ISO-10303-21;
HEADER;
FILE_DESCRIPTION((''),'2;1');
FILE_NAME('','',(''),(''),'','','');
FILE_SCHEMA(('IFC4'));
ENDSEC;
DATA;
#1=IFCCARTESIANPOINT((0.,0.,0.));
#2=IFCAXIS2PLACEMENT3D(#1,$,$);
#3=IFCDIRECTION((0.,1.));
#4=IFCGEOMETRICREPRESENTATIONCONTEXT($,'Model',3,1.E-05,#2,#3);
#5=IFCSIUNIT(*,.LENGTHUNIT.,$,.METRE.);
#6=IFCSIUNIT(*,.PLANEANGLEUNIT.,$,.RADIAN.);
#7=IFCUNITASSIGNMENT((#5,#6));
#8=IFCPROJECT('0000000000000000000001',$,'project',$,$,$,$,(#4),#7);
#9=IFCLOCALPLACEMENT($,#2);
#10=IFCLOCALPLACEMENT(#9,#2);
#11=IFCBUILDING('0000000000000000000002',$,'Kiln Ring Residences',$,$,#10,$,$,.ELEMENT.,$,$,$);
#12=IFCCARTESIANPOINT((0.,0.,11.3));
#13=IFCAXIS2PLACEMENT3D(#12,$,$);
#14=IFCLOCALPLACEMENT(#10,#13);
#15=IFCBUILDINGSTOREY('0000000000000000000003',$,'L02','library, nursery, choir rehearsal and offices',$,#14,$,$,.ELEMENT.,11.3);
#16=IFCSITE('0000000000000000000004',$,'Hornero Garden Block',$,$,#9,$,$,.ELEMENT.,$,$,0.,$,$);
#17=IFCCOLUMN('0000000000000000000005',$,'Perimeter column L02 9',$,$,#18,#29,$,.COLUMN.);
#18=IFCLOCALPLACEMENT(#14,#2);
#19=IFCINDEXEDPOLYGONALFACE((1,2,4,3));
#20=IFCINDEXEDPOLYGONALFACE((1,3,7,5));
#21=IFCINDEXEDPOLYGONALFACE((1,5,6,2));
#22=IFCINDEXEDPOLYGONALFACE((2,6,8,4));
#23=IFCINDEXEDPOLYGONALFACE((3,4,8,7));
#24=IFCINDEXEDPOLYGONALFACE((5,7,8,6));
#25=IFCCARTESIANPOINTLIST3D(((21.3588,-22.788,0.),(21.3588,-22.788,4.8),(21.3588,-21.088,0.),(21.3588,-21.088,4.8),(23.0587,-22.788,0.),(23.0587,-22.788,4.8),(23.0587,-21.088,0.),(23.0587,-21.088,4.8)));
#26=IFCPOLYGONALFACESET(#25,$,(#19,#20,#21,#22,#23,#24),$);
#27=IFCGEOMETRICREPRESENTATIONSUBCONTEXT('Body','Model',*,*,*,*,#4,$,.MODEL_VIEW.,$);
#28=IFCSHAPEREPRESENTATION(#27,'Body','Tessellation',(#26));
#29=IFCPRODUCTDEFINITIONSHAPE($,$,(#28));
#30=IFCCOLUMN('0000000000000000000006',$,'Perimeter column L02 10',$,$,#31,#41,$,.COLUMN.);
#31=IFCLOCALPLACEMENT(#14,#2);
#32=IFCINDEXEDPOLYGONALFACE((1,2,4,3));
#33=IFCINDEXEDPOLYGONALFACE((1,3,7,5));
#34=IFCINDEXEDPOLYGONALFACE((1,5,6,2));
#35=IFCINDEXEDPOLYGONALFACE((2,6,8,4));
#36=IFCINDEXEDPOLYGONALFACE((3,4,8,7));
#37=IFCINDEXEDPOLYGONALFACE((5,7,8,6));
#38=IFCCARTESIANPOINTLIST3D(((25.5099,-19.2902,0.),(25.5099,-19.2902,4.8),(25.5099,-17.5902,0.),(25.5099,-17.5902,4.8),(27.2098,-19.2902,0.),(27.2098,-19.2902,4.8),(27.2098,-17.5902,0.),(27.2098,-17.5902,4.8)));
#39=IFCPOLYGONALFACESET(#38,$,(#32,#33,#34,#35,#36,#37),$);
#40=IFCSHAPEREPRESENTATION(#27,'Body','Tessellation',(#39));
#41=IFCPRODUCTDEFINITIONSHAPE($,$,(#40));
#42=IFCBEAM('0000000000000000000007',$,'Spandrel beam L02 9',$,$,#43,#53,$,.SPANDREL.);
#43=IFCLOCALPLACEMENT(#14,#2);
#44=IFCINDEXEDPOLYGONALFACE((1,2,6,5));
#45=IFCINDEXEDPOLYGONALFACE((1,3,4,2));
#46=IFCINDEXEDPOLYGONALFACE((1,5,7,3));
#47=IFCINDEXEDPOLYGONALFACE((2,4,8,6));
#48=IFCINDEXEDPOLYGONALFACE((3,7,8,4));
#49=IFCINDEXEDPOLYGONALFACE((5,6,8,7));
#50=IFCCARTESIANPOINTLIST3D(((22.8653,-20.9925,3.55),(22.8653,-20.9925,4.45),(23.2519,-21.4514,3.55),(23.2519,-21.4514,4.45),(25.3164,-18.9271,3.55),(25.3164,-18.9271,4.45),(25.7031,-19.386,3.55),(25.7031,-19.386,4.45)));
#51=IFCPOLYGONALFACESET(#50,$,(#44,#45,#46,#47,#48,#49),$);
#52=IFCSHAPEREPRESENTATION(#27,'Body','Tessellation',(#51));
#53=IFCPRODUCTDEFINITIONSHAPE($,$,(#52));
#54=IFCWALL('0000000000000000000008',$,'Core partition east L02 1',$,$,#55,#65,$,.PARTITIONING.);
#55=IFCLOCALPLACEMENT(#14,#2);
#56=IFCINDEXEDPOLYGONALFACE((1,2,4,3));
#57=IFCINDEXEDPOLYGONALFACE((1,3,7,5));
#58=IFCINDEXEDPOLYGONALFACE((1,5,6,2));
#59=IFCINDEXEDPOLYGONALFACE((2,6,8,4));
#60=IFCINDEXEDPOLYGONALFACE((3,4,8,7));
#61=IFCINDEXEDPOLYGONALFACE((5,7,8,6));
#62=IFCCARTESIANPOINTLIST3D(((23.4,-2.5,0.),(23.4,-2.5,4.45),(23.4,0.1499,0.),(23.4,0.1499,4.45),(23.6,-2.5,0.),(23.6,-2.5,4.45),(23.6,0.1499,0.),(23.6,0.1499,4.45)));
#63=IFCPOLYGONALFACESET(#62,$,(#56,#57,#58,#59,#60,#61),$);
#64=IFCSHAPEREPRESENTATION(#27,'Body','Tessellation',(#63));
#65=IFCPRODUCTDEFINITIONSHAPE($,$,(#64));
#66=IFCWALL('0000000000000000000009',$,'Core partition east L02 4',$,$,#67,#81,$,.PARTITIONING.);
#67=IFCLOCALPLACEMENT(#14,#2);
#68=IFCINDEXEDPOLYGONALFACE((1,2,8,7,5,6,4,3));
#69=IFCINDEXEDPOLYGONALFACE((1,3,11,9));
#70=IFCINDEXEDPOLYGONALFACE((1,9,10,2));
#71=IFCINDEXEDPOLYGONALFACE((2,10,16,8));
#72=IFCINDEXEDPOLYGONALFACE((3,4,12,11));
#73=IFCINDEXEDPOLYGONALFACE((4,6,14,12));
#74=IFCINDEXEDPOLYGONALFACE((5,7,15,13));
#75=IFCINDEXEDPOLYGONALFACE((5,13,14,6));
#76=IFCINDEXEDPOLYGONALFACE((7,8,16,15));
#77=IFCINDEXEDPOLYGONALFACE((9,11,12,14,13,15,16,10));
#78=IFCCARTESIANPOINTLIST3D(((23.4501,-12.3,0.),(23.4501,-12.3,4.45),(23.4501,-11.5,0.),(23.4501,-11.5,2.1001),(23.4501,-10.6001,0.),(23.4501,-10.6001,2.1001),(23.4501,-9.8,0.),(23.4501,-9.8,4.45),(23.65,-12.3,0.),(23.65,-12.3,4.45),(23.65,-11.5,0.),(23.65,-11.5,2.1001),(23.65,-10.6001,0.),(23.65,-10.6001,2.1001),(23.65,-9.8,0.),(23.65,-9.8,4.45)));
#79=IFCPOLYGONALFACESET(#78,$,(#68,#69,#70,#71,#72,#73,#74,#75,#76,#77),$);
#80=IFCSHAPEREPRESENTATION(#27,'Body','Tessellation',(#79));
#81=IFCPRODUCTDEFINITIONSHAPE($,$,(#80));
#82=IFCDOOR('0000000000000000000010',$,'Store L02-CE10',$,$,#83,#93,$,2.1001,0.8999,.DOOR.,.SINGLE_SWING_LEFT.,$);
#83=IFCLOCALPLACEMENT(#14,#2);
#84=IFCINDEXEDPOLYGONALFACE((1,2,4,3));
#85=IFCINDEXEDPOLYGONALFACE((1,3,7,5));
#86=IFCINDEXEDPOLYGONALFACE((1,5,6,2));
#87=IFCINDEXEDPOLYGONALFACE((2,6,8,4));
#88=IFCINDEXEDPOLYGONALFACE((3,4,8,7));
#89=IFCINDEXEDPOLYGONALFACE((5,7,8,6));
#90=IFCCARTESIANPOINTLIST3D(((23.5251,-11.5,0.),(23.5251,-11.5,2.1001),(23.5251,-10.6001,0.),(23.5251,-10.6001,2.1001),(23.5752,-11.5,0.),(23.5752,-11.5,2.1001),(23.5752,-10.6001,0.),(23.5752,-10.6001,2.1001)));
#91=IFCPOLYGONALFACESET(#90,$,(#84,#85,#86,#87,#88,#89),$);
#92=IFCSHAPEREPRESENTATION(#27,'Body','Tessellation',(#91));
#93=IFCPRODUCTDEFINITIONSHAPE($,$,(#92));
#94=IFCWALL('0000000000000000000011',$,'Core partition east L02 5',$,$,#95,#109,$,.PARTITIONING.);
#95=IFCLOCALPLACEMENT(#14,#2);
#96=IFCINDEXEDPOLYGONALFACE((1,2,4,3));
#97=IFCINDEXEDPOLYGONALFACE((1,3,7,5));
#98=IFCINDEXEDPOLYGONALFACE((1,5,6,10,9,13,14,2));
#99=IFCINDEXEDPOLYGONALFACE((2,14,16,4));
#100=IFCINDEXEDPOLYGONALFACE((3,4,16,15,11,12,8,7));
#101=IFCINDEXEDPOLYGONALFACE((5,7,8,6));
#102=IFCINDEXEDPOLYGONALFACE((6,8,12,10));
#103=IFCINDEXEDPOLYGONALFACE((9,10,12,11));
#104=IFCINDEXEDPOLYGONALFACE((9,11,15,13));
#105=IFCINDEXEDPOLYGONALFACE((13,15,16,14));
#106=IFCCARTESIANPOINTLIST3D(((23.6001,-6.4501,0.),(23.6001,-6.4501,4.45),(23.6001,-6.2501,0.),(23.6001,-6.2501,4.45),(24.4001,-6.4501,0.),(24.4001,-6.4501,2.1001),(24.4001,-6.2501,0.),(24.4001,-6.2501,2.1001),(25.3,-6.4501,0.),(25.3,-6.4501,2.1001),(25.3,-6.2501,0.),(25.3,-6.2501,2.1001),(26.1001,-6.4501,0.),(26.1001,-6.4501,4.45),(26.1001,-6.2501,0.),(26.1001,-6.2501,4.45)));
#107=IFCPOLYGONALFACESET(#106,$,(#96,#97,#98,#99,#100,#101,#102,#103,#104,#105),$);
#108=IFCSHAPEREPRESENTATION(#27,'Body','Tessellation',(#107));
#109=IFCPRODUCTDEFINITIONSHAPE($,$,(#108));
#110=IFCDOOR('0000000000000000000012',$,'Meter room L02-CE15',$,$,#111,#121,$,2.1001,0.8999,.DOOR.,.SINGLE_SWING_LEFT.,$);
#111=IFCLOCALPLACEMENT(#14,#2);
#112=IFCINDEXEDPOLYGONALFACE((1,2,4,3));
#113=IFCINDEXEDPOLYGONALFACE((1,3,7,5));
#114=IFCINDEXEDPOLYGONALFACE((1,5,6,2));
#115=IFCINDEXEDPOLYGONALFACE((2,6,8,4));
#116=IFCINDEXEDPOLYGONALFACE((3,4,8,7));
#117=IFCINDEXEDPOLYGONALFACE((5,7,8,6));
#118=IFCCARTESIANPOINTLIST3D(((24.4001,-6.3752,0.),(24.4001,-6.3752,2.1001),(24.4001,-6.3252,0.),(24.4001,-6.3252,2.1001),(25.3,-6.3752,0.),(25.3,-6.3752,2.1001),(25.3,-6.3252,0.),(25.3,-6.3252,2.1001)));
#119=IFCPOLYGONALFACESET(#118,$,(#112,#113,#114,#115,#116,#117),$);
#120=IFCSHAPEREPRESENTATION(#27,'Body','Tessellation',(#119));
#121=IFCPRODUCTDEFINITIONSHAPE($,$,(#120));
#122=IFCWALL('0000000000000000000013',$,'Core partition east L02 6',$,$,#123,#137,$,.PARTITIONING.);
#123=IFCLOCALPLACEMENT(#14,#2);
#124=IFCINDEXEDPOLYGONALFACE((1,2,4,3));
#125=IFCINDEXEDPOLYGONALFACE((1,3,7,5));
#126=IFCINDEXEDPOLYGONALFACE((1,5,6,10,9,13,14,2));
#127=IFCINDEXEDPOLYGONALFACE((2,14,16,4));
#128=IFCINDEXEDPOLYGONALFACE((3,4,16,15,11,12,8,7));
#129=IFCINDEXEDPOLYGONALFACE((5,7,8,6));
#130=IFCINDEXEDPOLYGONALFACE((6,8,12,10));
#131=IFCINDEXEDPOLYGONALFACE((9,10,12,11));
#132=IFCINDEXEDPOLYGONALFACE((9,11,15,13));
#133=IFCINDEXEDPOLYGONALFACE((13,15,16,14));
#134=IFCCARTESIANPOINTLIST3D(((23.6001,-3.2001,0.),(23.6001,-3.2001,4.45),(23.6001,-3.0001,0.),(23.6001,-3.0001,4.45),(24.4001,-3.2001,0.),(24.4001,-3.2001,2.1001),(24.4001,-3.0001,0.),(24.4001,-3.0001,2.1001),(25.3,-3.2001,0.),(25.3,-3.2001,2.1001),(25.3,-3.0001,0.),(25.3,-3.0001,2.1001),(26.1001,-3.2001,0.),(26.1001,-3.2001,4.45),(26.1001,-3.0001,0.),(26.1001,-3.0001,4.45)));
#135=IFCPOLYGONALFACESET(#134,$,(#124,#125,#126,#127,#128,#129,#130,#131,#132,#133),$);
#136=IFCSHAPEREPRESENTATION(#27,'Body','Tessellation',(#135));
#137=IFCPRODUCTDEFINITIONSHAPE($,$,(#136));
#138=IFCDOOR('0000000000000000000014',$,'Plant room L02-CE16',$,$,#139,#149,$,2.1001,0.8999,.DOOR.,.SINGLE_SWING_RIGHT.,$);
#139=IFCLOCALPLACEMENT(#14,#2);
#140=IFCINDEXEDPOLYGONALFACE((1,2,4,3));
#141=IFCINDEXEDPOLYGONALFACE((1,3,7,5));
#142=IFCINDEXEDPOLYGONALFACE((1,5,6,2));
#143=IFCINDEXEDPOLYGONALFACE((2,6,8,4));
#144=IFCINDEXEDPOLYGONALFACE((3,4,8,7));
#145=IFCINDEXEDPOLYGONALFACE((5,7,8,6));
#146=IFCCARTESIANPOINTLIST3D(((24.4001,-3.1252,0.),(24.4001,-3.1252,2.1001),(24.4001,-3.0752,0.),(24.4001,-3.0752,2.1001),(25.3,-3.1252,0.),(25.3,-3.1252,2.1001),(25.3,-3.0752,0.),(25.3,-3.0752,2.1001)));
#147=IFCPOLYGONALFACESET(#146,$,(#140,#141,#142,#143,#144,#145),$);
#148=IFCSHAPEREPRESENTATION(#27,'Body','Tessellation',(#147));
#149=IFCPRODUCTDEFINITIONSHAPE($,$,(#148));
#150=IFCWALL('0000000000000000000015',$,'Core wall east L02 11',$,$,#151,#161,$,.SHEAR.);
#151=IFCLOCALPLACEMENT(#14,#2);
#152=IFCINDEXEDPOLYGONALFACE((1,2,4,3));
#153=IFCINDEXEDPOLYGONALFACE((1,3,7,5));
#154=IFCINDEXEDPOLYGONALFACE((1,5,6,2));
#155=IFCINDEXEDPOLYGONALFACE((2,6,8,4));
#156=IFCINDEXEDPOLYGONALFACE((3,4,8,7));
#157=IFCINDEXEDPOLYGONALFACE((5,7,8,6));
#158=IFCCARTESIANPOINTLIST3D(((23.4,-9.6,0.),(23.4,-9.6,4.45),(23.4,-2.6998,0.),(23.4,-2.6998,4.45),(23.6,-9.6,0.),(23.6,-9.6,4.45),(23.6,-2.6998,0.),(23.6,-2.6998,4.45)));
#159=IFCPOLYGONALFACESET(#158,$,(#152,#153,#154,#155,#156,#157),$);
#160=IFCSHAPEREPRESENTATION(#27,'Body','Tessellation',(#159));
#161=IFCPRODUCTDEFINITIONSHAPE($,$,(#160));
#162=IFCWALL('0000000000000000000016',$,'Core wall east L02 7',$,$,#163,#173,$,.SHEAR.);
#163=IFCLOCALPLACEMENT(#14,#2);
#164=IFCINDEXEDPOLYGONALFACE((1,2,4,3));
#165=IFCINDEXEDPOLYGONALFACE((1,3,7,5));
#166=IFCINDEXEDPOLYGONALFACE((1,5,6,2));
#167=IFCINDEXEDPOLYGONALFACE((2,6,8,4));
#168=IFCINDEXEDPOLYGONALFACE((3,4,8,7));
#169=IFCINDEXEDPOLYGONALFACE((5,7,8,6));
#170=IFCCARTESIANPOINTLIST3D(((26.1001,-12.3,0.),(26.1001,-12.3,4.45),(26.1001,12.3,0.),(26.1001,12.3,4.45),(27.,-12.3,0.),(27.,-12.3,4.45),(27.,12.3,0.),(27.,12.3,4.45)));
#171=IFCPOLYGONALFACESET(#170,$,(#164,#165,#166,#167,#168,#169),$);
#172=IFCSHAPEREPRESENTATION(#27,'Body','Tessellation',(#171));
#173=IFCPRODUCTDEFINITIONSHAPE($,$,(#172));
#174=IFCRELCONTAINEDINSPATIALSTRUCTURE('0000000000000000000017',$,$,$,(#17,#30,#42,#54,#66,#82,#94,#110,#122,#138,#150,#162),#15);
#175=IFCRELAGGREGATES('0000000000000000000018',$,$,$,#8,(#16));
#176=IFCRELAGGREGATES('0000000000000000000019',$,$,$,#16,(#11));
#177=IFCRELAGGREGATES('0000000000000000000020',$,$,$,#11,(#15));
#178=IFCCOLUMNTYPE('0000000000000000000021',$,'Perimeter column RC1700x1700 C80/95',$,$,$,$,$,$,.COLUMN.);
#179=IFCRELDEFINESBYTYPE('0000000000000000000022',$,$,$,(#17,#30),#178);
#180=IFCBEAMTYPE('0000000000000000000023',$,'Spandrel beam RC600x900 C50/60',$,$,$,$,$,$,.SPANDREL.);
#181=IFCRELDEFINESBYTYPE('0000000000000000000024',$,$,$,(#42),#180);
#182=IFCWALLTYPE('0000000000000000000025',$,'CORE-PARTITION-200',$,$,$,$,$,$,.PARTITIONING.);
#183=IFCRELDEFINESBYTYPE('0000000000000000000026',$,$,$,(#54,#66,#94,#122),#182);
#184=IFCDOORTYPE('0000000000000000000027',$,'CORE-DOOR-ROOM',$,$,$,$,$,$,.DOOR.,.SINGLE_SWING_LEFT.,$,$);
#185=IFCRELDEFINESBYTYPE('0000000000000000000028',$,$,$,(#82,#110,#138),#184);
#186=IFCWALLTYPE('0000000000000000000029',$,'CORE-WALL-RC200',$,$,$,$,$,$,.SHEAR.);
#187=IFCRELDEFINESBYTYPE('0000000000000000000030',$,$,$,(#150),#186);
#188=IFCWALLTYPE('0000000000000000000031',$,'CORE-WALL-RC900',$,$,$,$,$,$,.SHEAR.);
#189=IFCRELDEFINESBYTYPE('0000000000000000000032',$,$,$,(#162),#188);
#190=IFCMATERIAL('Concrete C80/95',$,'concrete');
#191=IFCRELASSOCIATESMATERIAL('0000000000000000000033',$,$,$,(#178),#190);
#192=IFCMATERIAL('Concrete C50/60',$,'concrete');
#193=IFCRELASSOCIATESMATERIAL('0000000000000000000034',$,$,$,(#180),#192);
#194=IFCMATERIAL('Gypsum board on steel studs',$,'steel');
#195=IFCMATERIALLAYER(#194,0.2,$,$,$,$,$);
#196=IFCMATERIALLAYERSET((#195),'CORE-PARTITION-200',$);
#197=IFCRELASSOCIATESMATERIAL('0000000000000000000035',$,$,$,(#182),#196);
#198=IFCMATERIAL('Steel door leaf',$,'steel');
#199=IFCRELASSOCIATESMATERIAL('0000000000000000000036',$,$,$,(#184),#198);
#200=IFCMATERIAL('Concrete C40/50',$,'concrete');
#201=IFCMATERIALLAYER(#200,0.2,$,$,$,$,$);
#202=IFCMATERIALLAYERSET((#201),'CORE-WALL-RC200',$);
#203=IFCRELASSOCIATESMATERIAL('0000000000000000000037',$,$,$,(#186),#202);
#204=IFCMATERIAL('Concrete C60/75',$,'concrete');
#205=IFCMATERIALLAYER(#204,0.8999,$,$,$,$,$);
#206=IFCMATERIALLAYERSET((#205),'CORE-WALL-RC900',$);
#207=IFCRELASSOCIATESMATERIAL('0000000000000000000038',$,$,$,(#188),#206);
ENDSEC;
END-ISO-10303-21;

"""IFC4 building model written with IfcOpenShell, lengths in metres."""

from ifc_helpers import new_model, si_unit, direction, frame, frame_2d, origin, origin_2d, place, context, subcontext, project, spatial, rectangle, extrude, material, layer, layer_set, material_profile, profile_set, type_object, element, fill, save


model = new_model("IFC4")

# Units and contexts
model_context = context("Model", 3, precision=1e-05, world=origin(), true_north=direction((0.0, 1.0)))
body_context = subcontext(model_context, "Body", "Model", "MODEL_VIEW")
ifc_project = project(units=[si_unit("LENGTHUNIT", "METRE"), si_unit("PLANEANGLEUNIT", "RADIAN")], contexts=[model_context])

# Site, building, storey
site_placement = place(None, origin())
site = spatial("IfcSite", under=ifc_project, at=site_placement, Name="Hornero Garden Block", CompositionType="ELEMENT", RefElevation=0.0)
building_placement = place(site_placement, origin())
building = spatial("IfcBuilding", under=site, at=building_placement, Name="Kiln Ring Residences", CompositionType="ELEMENT")
storey_placement = place(building_placement, frame((0.0, 0.0, 11.3)))
storey = spatial("IfcBuildingStorey", under=building, at=storey_placement, Name="L02", Description="library, nursery, choir rehearsal and offices", CompositionType="ELEMENT", Elevation=11.3)

# Columns
ifc_material_1 = material(Name="Concrete C80/95", Category="concrete")
ifc_material_profile_1 = material_profile(ifc_material_1, rectangle(XDim=1.7, YDim=1.7, at=origin_2d()), Name="RC1700x1700")
ifc_profile_set_1 = profile_set([ifc_material_profile_1], Name="Concrete C80/95")
column_type = type_object("IfcColumnType", Name="Perimeter column RC1700x1700 C80/95", PredefinedType="COLUMN", material=ifc_profile_set_1)
for number, where, z_axis, x_axis, name in (
    (1, (22.2087, -21.938, 0.0), (0.0, 0.0, 1.0), (1.0, 0.0, 0.0), "Perimeter column L02 9"),
    (2, (26.3599, -18.4402, 0.0), (0.0, 0.0, 1.0), (1.0, 0.0, 0.0), "Perimeter column L02 10"),
):
    element("IfcColumn", number, at=place(storey_placement, frame(where, z_axis=z_axis, x_axis=x_axis)), inside=storey, type_object=column_type, Name=name, PredefinedType="COLUMN", context=body_context, shape_type="SweptSolid", body=[
        extrude(rectangle(XDim=1.7, YDim=1.7, at=origin_2d()), origin(), (0.0, 0.0, 1.0), 4.8),
    ])

# Beam
ifc_material_2 = material(Name="Concrete C50/60", Category="concrete")
ifc_material_profile_2 = material_profile(ifc_material_2, rectangle(XDim=0.6001, YDim=0.8999, at=origin_2d()), Name="RC600x900")
ifc_profile_set_2 = profile_set([ifc_material_profile_2], Name="Concrete C50/60")
beam_type = type_object("IfcBeamType", Name="Spandrel beam RC600x900 C50/60", PredefinedType="SPANDREL", material=ifc_profile_set_2)
beam_placement = place(storey_placement, frame((23.0586, -21.2219, 4.0), z_axis=(0.764714, 0.64437, 0.0), x_axis=(-0.64437, 0.764714, 0.0)))
element("IfcBeam", 3, at=beam_placement, inside=storey, type_object=beam_type, Name="Spandrel beam L02 9", PredefinedType="SPANDREL", context=body_context, shape_type="SweptSolid", body=[
    extrude(rectangle(XDim=0.6001, YDim=0.8999, at=origin_2d()), origin(), (0.0, 0.0, 1.0), 3.2053),
])

# Wall
ifc_material_3 = material(Name="Gypsum board on steel studs", Category="steel")
ifc_layer_1 = layer(ifc_material_3, 0.2)
ifc_layer_set_1 = layer_set([ifc_layer_1], Name="CORE-PARTITION-200")
wall_type_1 = type_object("IfcWallType", Name="CORE-PARTITION-200", PredefinedType="PARTITIONING", material=ifc_layer_set_1)
wall_1_placement = place(storey_placement, frame((23.5, -2.5, 0.0), z_axis=(0.0, 0.0, 1.0), x_axis=(0.0, 1.0, 0.0)))
element("IfcWall", 4, at=wall_1_placement, inside=storey, type_object=wall_type_1, Name="Core partition east L02 1", PredefinedType="PARTITIONING", context=body_context, shape_type="SweptSolid", body=[
    extrude(rectangle(XDim=2.6499, YDim=0.2, at=frame_2d((1.325, 0.0))), origin(), (0.0, 0.0, 1.0), 4.45),
])

# Walls, openings, doors
wall_2_placement = place(storey_placement, frame((23.55, -12.3, 0.0), z_axis=(0.0, 0.0, 1.0), x_axis=(0.0, 1.0, 0.0)))
wall_2 = element("IfcWall", 5, at=wall_2_placement, inside=storey, type_object=wall_type_1, Name="Core partition east L02 4", PredefinedType="PARTITIONING", context=body_context, shape_type="SweptSolid", body=[
    extrude(rectangle(XDim=2.5, YDim=0.2, at=frame_2d((1.25, 0.0))), origin(), (0.0, 0.0, 1.0), 4.45),
])
opening_1_placement = place(wall_2_placement, frame((0.8, 0.0, 0.0)))
opening_1 = element("IfcOpeningElement", 6, at=opening_1_placement, cuts=wall_2, PredefinedType="OPENING", context=body_context, shape_type="SweptSolid", body=[
    extrude(rectangle(XDim=0.8999, YDim=2.1001, at=frame_2d((0.45, 1.05))), frame((0.0, 0.1099, 0.0), z_axis=(0.0, -1.0, 0.0), x_axis=(1.0, 0.0, 0.0)), (0.0, 0.0, 1.0), 0.22),
])
ifc_material_4 = material(Name="Steel door leaf", Category="steel")
door_type = type_object("IfcDoorType", Name="CORE-DOOR-ROOM", OperationType="SINGLE_SWING_LEFT", PredefinedType="DOOR", material=ifc_material_4)
door_1_placement = place(opening_1_placement, origin())
door_1 = element("IfcDoor", 7, at=door_1_placement, inside=storey, type_object=door_type, Name="Store L02-CE10", OperationType="SINGLE_SWING_LEFT", OverallHeight=2.1001, OverallWidth=0.8999, PredefinedType="DOOR", context=body_context, shape_type="SweptSolid", body=[
    extrude(rectangle(XDim=0.8999, YDim=2.1001, at=frame_2d((0.45, 1.05))), frame((0.0, 0.0249, 0.0), z_axis=(0.0, -1.0, 0.0), x_axis=(1.0, 0.0, 0.0)), (0.0, 0.0, 1.0), 0.05),
])
fill(opening_1, door_1)
wall_3_placement = place(storey_placement, frame((23.6001, -6.3501, 0.0), z_axis=(0.0, 0.0, 1.0), x_axis=(1.0, 0.0, 0.0)))
wall_3 = element("IfcWall", 8, at=wall_3_placement, inside=storey, type_object=wall_type_1, Name="Core partition east L02 5", PredefinedType="PARTITIONING", context=body_context, shape_type="SweptSolid", body=[
    extrude(rectangle(XDim=2.5, YDim=0.2, at=frame_2d((1.25, 0.0))), origin(), (0.0, 0.0, 1.0), 4.45),
])
opening_2_placement = place(wall_3_placement, frame((0.8, 0.0, 0.0)))
opening_2 = element("IfcOpeningElement", 9, at=opening_2_placement, cuts=wall_3, PredefinedType="OPENING", context=body_context, shape_type="SweptSolid", body=[
    extrude(rectangle(XDim=0.8999, YDim=2.1001, at=frame_2d((0.45, 1.05))), frame((0.0, 0.1099, 0.0), z_axis=(0.0, -1.0, 0.0), x_axis=(1.0, 0.0, 0.0)), (0.0, 0.0, 1.0), 0.22),
])
door_2_placement = place(opening_2_placement, origin())
door_2 = element("IfcDoor", 10, at=door_2_placement, inside=storey, type_object=door_type, Name="Meter room L02-CE15", OperationType="SINGLE_SWING_LEFT", OverallHeight=2.1001, OverallWidth=0.8999, PredefinedType="DOOR", context=body_context, shape_type="SweptSolid", body=[
    extrude(rectangle(XDim=0.8999, YDim=2.1001, at=frame_2d((0.45, 1.05))), frame((0.0, 0.0249, 0.0), z_axis=(0.0, -1.0, 0.0), x_axis=(1.0, 0.0, 0.0)), (0.0, 0.0, 1.0), 0.05),
])
fill(opening_2, door_2)
wall_4_placement = place(storey_placement, frame((23.6001, -3.1001, 0.0), z_axis=(0.0, 0.0, 1.0), x_axis=(1.0, 0.0, 0.0)))
wall_4 = element("IfcWall", 11, at=wall_4_placement, inside=storey, type_object=wall_type_1, Name="Core partition east L02 6", PredefinedType="PARTITIONING", context=body_context, shape_type="SweptSolid", body=[
    extrude(rectangle(XDim=2.5, YDim=0.2, at=frame_2d((1.25, 0.0))), origin(), (0.0, 0.0, 1.0), 4.45),
])
opening_3_placement = place(wall_4_placement, frame((0.8, 0.0, 0.0)))
opening_3 = element("IfcOpeningElement", 12, at=opening_3_placement, cuts=wall_4, PredefinedType="OPENING", context=body_context, shape_type="SweptSolid", body=[
    extrude(rectangle(XDim=0.8999, YDim=2.1001, at=frame_2d((0.45, 1.05))), frame((0.0, 0.1099, 0.0), z_axis=(0.0, -1.0, 0.0), x_axis=(1.0, 0.0, 0.0)), (0.0, 0.0, 1.0), 0.22),
])
door_3_placement = place(opening_3_placement, origin())
door_3 = element("IfcDoor", 13, at=door_3_placement, inside=storey, type_object=door_type, Name="Plant room L02-CE16", OperationType="SINGLE_SWING_RIGHT", OverallHeight=2.1001, OverallWidth=0.8999, PredefinedType="DOOR", context=body_context, shape_type="SweptSolid", body=[
    extrude(rectangle(XDim=0.8999, YDim=2.1001, at=frame_2d((0.45, 1.05))), frame((0.0, 0.0249, 0.0), z_axis=(0.0, -1.0, 0.0), x_axis=(1.0, 0.0, 0.0)), (0.0, 0.0, 1.0), 0.05),
])
fill(opening_3, door_3)

# Walls
ifc_material_5 = material(Name="Concrete C40/50", Category="concrete")
ifc_layer_2 = layer(ifc_material_5, 0.2)
ifc_layer_set_2 = layer_set([ifc_layer_2], Name="CORE-WALL-RC200")
wall_type_2 = type_object("IfcWallType", Name="CORE-WALL-RC200", PredefinedType="SHEAR", material=ifc_layer_set_2)
wall_5_placement = place(storey_placement, frame((23.5, -9.6001, 0.0), z_axis=(0.0, 0.0, 1.0), x_axis=(0.0, 1.0, 0.0)))
element("IfcWall", 14, at=wall_5_placement, inside=storey, type_object=wall_type_2, Name="Core wall east L02 11", PredefinedType="SHEAR", context=body_context, shape_type="SweptSolid", body=[
    extrude(rectangle(XDim=6.9001, YDim=0.2, at=frame_2d((3.4502, 0.0))), origin(), (0.0, 0.0, 1.0), 4.45),
])
ifc_material_6 = material(Name="Concrete C60/75", Category="concrete")
ifc_layer_3 = layer(ifc_material_6, 0.8999)
ifc_layer_set_3 = layer_set([ifc_layer_3], Name="CORE-WALL-RC900")
wall_type_3 = type_object("IfcWallType", Name="CORE-WALL-RC900", PredefinedType="SHEAR", material=ifc_layer_set_3)
wall_6_placement = place(storey_placement, frame((26.55, -12.3, 0.0), z_axis=(0.0, 0.0, 1.0), x_axis=(0.0, 1.0, 0.0)))
element("IfcWall", 15, at=wall_6_placement, inside=storey, type_object=wall_type_3, Name="Core wall east L02 7", PredefinedType="SHEAR", context=body_context, shape_type="SweptSolid", body=[
    extrude(rectangle(XDim=24.6001, YDim=0.8999, at=frame_2d((12.3, 0.0))), origin(), (0.0, 0.0, 1.0), 4.45),
])

save(model, "model.ifc")
